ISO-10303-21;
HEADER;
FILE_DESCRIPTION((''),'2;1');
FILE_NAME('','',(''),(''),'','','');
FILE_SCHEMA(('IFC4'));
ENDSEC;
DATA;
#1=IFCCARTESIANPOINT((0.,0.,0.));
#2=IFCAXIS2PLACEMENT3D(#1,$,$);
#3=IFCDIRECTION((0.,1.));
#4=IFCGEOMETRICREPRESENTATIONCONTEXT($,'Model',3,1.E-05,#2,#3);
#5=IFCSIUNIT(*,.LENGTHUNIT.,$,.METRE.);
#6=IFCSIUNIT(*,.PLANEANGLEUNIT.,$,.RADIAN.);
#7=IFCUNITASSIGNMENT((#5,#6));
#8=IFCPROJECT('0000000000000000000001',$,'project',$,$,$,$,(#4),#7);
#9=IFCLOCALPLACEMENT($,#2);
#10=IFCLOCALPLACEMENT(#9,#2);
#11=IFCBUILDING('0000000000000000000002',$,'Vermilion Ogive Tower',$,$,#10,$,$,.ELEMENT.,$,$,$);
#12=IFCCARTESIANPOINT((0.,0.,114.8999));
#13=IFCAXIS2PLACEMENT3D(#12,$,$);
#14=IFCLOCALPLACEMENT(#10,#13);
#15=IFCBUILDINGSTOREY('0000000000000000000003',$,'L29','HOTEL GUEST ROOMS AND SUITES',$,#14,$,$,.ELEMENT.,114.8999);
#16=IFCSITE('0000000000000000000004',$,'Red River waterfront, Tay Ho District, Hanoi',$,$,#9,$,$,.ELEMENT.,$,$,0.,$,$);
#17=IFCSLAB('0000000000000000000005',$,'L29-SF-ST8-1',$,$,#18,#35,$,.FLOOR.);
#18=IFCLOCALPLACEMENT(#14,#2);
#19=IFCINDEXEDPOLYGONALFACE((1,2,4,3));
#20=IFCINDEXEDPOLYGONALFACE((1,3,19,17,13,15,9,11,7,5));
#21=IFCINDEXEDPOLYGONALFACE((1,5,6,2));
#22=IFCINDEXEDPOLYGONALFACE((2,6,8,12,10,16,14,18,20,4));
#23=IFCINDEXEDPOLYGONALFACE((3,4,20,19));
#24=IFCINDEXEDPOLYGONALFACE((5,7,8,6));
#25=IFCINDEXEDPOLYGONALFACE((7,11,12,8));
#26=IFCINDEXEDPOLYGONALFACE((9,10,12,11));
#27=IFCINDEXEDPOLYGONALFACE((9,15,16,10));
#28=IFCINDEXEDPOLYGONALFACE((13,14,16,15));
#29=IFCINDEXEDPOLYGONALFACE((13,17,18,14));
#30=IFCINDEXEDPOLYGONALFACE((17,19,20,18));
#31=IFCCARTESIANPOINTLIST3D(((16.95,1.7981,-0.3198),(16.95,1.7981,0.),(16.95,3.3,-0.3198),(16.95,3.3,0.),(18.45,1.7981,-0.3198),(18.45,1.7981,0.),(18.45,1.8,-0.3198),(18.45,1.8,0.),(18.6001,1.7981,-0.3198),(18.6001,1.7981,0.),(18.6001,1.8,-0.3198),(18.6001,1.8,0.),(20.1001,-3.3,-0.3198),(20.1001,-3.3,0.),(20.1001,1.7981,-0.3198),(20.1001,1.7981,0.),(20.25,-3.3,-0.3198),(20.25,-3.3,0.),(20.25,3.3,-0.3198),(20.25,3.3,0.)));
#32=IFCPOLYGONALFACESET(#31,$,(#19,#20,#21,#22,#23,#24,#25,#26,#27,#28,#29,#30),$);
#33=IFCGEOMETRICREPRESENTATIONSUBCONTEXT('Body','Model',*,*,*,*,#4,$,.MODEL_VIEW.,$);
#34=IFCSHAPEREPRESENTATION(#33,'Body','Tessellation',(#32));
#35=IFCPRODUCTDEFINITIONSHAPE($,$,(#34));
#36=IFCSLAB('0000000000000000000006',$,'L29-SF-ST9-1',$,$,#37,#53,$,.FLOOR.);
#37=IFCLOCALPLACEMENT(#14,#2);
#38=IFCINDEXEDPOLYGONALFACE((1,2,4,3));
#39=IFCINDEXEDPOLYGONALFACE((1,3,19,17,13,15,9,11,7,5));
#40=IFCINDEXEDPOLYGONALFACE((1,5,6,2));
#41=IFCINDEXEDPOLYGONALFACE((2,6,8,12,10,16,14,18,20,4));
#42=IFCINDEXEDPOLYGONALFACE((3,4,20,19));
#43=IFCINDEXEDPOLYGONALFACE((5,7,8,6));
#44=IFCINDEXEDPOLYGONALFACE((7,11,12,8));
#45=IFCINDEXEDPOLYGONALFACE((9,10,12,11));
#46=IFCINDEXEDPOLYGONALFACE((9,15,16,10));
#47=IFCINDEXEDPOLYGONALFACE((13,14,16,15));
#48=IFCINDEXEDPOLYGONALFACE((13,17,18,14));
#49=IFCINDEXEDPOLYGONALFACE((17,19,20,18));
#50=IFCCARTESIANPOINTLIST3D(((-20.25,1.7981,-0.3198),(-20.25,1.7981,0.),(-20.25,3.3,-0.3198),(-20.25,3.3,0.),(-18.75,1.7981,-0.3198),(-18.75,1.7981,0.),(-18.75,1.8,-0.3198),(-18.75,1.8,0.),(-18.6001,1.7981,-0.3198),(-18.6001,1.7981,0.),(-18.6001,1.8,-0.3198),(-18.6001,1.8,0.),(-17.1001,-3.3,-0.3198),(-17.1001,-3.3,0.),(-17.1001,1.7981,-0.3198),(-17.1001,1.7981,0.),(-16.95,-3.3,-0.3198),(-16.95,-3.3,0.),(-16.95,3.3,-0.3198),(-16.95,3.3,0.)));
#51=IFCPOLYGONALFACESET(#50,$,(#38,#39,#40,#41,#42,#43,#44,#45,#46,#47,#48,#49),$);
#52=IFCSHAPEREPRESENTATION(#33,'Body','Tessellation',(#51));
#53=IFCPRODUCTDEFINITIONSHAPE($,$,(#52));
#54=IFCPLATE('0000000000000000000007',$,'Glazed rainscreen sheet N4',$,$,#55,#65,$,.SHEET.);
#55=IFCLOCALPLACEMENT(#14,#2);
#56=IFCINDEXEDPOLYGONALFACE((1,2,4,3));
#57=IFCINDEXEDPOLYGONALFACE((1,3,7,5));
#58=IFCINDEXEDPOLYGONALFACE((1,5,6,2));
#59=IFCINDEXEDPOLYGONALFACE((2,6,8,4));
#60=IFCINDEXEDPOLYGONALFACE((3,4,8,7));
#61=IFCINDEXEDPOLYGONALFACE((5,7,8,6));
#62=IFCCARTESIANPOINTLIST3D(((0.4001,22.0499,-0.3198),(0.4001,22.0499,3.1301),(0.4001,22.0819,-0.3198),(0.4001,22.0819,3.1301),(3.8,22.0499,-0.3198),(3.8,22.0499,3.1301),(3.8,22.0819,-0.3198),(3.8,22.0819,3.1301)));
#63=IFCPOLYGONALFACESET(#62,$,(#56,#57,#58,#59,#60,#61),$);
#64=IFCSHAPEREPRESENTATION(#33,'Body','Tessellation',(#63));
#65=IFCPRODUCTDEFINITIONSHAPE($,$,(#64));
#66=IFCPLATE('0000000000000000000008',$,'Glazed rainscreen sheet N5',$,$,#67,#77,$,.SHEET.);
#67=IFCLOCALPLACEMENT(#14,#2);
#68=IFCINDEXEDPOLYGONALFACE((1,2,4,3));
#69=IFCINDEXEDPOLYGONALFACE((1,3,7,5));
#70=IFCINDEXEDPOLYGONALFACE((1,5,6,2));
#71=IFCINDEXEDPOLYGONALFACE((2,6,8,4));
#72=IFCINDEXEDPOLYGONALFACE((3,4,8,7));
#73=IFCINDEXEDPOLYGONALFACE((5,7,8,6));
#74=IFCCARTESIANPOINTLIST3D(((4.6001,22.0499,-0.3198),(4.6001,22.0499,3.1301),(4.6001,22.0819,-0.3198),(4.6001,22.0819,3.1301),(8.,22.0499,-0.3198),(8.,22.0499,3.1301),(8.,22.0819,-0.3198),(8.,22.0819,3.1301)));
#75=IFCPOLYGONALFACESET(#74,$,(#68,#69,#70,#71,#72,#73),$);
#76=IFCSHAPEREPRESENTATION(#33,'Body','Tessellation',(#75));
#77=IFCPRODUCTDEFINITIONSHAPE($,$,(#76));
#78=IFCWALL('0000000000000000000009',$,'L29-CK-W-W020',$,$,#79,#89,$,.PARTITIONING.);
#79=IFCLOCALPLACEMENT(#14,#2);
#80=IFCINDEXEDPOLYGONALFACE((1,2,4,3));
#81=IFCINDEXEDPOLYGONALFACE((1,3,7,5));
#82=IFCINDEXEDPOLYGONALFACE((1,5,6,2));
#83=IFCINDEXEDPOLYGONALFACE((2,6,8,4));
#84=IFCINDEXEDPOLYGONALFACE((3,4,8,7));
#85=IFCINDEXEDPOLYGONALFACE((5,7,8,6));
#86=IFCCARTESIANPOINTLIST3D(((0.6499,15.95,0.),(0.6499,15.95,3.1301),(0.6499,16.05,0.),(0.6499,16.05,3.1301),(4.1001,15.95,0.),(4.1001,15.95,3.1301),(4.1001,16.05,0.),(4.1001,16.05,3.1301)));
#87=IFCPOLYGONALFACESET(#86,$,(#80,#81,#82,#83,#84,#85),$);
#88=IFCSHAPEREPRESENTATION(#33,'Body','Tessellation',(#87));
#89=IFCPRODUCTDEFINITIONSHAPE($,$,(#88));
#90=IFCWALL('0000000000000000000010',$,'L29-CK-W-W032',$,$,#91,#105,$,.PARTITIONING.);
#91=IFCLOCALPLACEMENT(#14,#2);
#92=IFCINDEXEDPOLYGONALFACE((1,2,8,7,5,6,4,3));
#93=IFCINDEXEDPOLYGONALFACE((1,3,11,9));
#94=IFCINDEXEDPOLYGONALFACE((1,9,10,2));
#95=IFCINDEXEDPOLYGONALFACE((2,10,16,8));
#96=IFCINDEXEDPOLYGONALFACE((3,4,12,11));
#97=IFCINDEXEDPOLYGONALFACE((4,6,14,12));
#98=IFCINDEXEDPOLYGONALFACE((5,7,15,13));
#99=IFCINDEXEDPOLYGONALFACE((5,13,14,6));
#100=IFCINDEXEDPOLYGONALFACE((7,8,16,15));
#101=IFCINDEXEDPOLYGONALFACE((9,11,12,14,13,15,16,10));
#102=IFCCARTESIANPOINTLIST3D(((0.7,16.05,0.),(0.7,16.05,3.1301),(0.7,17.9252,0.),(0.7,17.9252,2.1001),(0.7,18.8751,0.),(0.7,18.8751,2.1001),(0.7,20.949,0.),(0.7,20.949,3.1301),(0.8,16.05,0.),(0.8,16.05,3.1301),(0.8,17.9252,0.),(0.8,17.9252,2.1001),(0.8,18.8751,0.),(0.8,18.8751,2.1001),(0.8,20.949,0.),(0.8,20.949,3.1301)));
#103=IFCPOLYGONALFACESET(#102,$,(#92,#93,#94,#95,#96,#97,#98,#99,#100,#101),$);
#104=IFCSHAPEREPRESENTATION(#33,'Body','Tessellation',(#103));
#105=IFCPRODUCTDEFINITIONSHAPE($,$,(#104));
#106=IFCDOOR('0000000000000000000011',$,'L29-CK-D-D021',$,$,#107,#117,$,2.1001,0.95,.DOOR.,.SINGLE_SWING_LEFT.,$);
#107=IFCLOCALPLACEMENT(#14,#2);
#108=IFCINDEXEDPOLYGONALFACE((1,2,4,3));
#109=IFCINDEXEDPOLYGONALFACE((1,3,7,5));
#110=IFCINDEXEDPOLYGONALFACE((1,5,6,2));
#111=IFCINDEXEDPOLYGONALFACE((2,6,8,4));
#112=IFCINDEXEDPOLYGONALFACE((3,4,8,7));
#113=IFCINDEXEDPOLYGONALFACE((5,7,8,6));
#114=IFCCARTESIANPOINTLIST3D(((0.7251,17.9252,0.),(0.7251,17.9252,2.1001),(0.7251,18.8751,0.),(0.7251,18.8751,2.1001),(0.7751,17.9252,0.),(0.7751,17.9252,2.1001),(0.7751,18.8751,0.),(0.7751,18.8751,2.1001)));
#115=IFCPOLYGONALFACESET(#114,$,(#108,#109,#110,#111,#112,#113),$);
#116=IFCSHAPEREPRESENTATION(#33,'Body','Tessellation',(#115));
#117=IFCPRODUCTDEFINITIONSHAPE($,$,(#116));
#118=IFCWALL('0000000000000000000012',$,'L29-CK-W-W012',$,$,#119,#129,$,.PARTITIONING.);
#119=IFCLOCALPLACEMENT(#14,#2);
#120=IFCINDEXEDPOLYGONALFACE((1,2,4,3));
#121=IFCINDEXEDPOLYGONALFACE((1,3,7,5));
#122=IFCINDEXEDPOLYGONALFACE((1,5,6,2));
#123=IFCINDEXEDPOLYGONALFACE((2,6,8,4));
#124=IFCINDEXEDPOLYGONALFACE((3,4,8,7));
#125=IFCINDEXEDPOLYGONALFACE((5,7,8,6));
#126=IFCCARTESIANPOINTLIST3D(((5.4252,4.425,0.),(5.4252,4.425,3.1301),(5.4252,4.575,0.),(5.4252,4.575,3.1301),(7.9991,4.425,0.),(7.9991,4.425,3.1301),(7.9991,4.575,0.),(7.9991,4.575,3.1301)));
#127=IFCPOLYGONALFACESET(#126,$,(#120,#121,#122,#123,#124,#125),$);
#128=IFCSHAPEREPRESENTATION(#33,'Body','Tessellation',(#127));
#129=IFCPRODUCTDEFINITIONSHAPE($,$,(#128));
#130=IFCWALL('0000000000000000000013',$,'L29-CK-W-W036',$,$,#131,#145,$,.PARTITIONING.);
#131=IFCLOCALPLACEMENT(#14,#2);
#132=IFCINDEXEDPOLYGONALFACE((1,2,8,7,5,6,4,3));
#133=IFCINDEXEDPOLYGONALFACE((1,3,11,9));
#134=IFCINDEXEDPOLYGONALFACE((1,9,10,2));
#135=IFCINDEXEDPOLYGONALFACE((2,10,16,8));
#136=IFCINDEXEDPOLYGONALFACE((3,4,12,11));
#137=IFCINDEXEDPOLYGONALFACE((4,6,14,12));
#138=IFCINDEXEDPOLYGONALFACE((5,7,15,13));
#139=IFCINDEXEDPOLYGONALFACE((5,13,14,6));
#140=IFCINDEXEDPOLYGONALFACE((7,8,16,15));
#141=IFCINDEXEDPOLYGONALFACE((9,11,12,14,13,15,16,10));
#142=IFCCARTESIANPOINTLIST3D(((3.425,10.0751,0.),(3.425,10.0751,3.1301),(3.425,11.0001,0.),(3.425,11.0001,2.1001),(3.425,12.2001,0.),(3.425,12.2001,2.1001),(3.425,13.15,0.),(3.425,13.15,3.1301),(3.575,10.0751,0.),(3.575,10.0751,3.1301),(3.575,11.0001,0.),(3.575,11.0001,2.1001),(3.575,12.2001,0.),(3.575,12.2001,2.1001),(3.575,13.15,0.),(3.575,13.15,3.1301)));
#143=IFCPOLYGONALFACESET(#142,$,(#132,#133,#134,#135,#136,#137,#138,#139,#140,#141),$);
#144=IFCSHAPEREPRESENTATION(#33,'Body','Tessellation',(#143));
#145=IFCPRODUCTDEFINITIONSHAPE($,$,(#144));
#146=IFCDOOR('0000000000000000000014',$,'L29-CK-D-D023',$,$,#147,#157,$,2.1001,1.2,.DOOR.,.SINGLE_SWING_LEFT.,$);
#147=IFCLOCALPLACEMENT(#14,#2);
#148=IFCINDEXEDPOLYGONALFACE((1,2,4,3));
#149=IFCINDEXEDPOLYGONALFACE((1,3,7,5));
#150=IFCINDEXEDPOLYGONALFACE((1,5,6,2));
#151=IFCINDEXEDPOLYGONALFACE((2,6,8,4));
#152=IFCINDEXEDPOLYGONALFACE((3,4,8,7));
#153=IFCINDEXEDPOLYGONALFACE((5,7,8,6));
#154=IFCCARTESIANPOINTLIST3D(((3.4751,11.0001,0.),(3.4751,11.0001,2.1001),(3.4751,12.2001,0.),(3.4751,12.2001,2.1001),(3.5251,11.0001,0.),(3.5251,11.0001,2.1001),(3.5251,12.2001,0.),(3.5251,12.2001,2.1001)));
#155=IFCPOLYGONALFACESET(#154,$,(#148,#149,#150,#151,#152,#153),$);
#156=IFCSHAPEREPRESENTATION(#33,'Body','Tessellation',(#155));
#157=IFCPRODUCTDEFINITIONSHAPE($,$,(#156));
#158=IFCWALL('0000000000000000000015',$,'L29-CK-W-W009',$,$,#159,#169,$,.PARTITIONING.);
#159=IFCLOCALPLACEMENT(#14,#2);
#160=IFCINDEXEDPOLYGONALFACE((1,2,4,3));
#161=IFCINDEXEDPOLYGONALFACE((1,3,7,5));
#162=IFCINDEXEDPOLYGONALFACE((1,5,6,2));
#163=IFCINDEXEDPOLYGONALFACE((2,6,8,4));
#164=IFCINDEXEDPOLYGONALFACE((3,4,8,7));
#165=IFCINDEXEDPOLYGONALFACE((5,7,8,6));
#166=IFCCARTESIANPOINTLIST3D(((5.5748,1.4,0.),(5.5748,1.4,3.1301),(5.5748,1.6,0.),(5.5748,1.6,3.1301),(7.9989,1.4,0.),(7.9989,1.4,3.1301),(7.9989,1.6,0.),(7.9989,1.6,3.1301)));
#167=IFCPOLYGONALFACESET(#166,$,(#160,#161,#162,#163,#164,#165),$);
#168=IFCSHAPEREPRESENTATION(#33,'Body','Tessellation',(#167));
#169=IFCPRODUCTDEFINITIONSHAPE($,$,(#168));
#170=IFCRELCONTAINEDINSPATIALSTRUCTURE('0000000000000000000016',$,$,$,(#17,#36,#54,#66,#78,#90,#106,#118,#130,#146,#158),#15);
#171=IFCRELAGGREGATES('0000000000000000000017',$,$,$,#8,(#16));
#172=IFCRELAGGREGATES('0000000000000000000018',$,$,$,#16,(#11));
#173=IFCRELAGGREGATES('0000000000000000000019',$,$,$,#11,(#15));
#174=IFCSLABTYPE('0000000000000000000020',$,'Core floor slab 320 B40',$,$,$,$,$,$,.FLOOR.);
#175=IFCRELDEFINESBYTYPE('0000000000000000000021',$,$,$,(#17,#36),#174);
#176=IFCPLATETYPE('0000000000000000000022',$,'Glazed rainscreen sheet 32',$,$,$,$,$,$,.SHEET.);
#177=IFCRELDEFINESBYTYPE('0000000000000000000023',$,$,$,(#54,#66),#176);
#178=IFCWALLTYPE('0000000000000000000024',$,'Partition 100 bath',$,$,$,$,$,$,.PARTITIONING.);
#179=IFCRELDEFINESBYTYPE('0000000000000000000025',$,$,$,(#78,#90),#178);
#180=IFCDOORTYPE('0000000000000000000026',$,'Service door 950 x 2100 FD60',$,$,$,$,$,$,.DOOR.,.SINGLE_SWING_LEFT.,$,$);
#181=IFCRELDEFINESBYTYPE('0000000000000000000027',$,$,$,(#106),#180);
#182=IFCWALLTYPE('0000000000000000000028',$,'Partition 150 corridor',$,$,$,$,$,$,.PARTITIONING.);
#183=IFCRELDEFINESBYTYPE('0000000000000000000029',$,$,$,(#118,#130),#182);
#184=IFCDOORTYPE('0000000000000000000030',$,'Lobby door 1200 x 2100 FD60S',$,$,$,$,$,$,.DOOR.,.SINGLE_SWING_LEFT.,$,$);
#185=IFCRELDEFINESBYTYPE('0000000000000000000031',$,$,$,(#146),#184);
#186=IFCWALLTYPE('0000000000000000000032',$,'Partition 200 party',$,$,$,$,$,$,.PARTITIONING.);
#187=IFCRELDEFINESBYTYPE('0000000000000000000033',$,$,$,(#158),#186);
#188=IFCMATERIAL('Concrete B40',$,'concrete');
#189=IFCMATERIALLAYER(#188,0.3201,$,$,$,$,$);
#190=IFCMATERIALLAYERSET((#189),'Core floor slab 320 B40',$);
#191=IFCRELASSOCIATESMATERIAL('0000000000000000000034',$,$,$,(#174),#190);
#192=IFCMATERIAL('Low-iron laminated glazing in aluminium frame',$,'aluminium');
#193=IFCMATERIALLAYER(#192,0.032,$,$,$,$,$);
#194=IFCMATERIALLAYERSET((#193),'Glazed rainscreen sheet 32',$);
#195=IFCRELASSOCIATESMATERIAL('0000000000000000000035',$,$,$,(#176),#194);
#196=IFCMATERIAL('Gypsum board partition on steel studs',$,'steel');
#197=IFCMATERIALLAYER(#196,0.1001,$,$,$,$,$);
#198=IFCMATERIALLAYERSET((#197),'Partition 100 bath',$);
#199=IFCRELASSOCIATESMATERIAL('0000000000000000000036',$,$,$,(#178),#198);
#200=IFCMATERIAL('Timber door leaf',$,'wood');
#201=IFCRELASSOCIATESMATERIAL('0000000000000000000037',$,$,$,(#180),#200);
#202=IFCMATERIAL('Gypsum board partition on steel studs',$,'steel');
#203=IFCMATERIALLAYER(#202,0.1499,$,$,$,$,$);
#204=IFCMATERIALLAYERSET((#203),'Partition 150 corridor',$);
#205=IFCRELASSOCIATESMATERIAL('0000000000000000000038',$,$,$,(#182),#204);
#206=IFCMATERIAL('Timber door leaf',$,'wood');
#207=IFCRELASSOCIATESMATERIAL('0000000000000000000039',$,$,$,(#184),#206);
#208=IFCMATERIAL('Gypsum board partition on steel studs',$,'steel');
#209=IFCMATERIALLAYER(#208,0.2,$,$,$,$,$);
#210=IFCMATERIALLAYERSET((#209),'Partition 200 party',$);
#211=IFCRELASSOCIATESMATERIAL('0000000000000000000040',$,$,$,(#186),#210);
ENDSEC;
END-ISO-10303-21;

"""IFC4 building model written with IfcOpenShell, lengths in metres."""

from ifc_helpers import new_model, si_unit, direction, frame, frame_2d, origin, origin_2d, place, context, subcontext, project, spatial, polyline, rectangle, outline, extrude, material, layer, layer_set, type_object, element, fill, save


model = new_model("IFC4")

# Units and contexts
model_context = context("Model", 3, precision=1e-05, world=origin(), true_north=direction((0.0, 1.0)))
body_context = subcontext(model_context, "Body", "Model", "MODEL_VIEW")
ifc_project = project(units=[si_unit("LENGTHUNIT", "METRE"), si_unit("PLANEANGLEUNIT", "RADIAN")], contexts=[model_context])

# Site, building, storey
site_placement = place(None, origin())
site = spatial("IfcSite", under=ifc_project, at=site_placement, Name="Red River waterfront, Tay Ho District, Hanoi", CompositionType="ELEMENT", RefElevation=0.0)
building_placement = place(site_placement, origin())
building = spatial("IfcBuilding", under=site, at=building_placement, Name="Vermilion Ogive Tower", CompositionType="ELEMENT")
storey_placement = place(building_placement, frame((0.0, 0.0, 114.8999)))
storey = spatial("IfcBuildingStorey", under=building, at=storey_placement, Name="L29", Description="HOTEL GUEST ROOMS AND SUITES", CompositionType="ELEMENT", Elevation=114.8999)

# Slabs
ifc_material_1 = material(Name="Concrete B40", Category="concrete")
ifc_layer_1 = layer(ifc_material_1, 0.3201)
ifc_layer_set_1 = layer_set([ifc_layer_1], Name="Core floor slab 320 B40")
slab_type = type_object("IfcSlabType", Name="Core floor slab 320 B40", PredefinedType="FLOOR", material=ifc_layer_set_1)
slab_1_placement = place(storey_placement, frame((0.0, 0.0, -0.3198)))
element("IfcSlab", 1, at=slab_1_placement, inside=storey, type_object=slab_type, Name="L29-SF-ST8-1", PredefinedType="FLOOR", context=body_context, shape_type="SweptSolid", body=[
    extrude(outline(polyline([(16.95, 3.3), (16.95, 1.7981), (18.45, 1.7981), (18.45, 1.8), (18.6001, 1.8), (18.6001, 1.7981), (20.1001, 1.7981), (20.1001, -3.3), (20.25, -3.3), (20.25, 3.3), (16.95, 3.3)])), origin(), (0.0, 0.0, 1.0), 0.3198),
])
slab_2_placement = place(storey_placement, frame((0.0, 0.0, -0.3198)))
element("IfcSlab", 2, at=slab_2_placement, inside=storey, type_object=slab_type, Name="L29-SF-ST9-1", PredefinedType="FLOOR", context=body_context, shape_type="SweptSolid", body=[
    extrude(outline(polyline([(-20.25, 3.3), (-20.25, 1.7981), (-18.75, 1.7981), (-18.75, 1.8), (-18.6001, 1.8), (-18.6001, 1.7981), (-17.1001, 1.7981), (-17.1001, -3.3), (-16.95, -3.3), (-16.95, 3.3), (-20.25, 3.3)])), origin(), (0.0, 0.0, 1.0), 0.3198),
])

# Plates
ifc_material_2 = material(Name="Low-iron laminated glazing in aluminium frame", Category="aluminium")
ifc_layer_2 = layer(ifc_material_2, 0.032)
ifc_layer_set_2 = layer_set([ifc_layer_2], Name="Glazed rainscreen sheet 32")
plate_type = type_object("IfcPlateType", Name="Glazed rainscreen sheet 32", PredefinedType="SHEET", material=ifc_layer_set_2)
for number, where, z_axis, x_axis, name in (
    (3, (2.1001, 22.0659, -0.3198), (0.0, 0.0, 1.0), (1.0, 0.0, 0.0), "Glazed rainscreen sheet N4"),
    (4, (6.3, 22.0659, -0.3198), (0.0, 0.0, 1.0), (1.0, 0.0, 0.0), "Glazed rainscreen sheet N5"),
):
    element("IfcPlate", number, at=place(storey_placement, frame(where, z_axis=z_axis, x_axis=x_axis)), inside=storey, type_object=plate_type, Name=name, PredefinedType="SHEET", context=body_context, shape_type="SweptSolid", body=[
        extrude(rectangle(XDim=3.3999, YDim=0.032, at=origin_2d()), origin(), (0.0, 0.0, 1.0), 3.45),
    ])

# Wall
ifc_material_3 = material(Name="Gypsum board partition on steel studs", Category="steel")
ifc_layer_3 = layer(ifc_material_3, 0.1001)
ifc_layer_set_3 = layer_set([ifc_layer_3], Name="Partition 100 bath")
wall_type_1 = type_object("IfcWallType", Name="Partition 100 bath", PredefinedType="PARTITIONING", material=ifc_layer_set_3)
wall_1_placement = place(storey_placement, frame((0.6499, 16.0, 0.0), z_axis=(0.0, 0.0, 1.0), x_axis=(1.0, 0.0, 0.0)))
element("IfcWall", 5, at=wall_1_placement, inside=storey, type_object=wall_type_1, Name="L29-CK-W-W020", PredefinedType="PARTITIONING", context=body_context, shape_type="SweptSolid", body=[
    extrude(rectangle(XDim=3.4502, YDim=0.1001, at=frame_2d((1.7251, 0.0))), origin(), (0.0, 0.0, 1.0), 3.1301),
])

# Wall, opening, door
wall_2_placement = place(storey_placement, frame((0.75, 16.05, 0.0), z_axis=(0.0, 0.0, 1.0), x_axis=(0.0, 1.0, 0.0)))
wall_2 = element("IfcWall", 6, at=wall_2_placement, inside=storey, type_object=wall_type_1, Name="L29-CK-W-W032", PredefinedType="PARTITIONING", context=body_context, shape_type="SweptSolid", body=[
    extrude(rectangle(XDim=4.8989, YDim=0.1001, at=frame_2d((2.4495, 0.0))), origin(), (0.0, 0.0, 1.0), 3.1301),
])
opening_1_placement = place(wall_2_placement, frame((1.875, 0.0, 0.0)))
opening_1 = element("IfcOpeningElement", 7, at=opening_1_placement, cuts=wall_2, PredefinedType="OPENING", context=body_context, shape_type="SweptSolid", body=[
    extrude(rectangle(XDim=0.95, YDim=2.1001, at=frame_2d((0.4751, 1.05))), frame((0.0, 0.0601, 0.0), z_axis=(0.0, -1.0, 0.0), x_axis=(1.0, 0.0, 0.0)), (0.0, 0.0, 1.0), 0.1201),
])
ifc_material_4 = material(Name="Timber door leaf", Category="wood")
door_type_1 = type_object("IfcDoorType", Name="Service door 950 x 2100 FD60", OperationType="SINGLE_SWING_LEFT", PredefinedType="DOOR", material=ifc_material_4)
door_1_placement = place(opening_1_placement, origin())
door_1 = element("IfcDoor", 8, at=door_1_placement, inside=storey, type_object=door_type_1, Name="L29-CK-D-D021", OperationType="SINGLE_SWING_LEFT", OverallHeight=2.1001, OverallWidth=0.95, PredefinedType="DOOR", context=body_context, shape_type="SweptSolid", body=[
    extrude(rectangle(XDim=0.95, YDim=2.1001, at=frame_2d((0.4751, 1.05))), frame((0.0, 0.0249, 0.0), z_axis=(0.0, -1.0, 0.0), x_axis=(1.0, 0.0, 0.0)), (0.0, 0.0, 1.0), 0.05),
])
fill(opening_1, door_1)

# Wall
ifc_material_5 = material(Name="Gypsum board partition on steel studs", Category="steel")
ifc_layer_4 = layer(ifc_material_5, 0.1499)
ifc_layer_set_4 = layer_set([ifc_layer_4], Name="Partition 150 corridor")
wall_type_2 = type_object("IfcWallType", Name="Partition 150 corridor", PredefinedType="PARTITIONING", material=ifc_layer_set_4)
wall_3_placement = place(storey_placement, frame((5.425, 4.5, 0.0), z_axis=(0.0, 0.0, 1.0), x_axis=(1.0, 0.0, 0.0)))
element("IfcWall", 9, at=wall_3_placement, inside=storey, type_object=wall_type_2, Name="L29-CK-W-W012", PredefinedType="PARTITIONING", context=body_context, shape_type="SweptSolid", body=[
    extrude(rectangle(XDim=2.574, YDim=0.1499, at=frame_2d((1.2871, 0.0))), origin(), (0.0, 0.0, 1.0), 3.1301),
])

# Wall, opening, door
wall_4_placement = place(storey_placement, frame((3.5, 10.075, 0.0), z_axis=(0.0, 0.0, 1.0), x_axis=(0.0, 1.0, 0.0)))
wall_4 = element("IfcWall", 10, at=wall_4_placement, inside=storey, type_object=wall_type_2, Name="L29-CK-W-W036", PredefinedType="PARTITIONING", context=body_context, shape_type="SweptSolid", body=[
    extrude(rectangle(XDim=3.075, YDim=0.1499, at=frame_2d((1.5376, 0.0))), origin(), (0.0, 0.0, 1.0), 3.1301),
])
opening_2_placement = place(wall_4_placement, frame((0.925, 0.0, 0.0)))
opening_2 = element("IfcOpeningElement", 11, at=opening_2_placement, cuts=wall_4, PredefinedType="OPENING", context=body_context, shape_type="SweptSolid", body=[
    extrude(rectangle(XDim=1.2, YDim=2.1001, at=frame_2d((0.6001, 1.05))), frame((0.0, 0.085, 0.0), z_axis=(0.0, -1.0, 0.0), x_axis=(1.0, 0.0, 0.0)), (0.0, 0.0, 1.0), 0.1699),
])
ifc_material_6 = material(Name="Timber door leaf", Category="wood")
door_type_2 = type_object("IfcDoorType", Name="Lobby door 1200 x 2100 FD60S", OperationType="SINGLE_SWING_LEFT", PredefinedType="DOOR", material=ifc_material_6)
door_2_placement = place(opening_2_placement, origin())
door_2 = element("IfcDoor", 12, at=door_2_placement, inside=storey, type_object=door_type_2, Name="L29-CK-D-D023", OperationType="SINGLE_SWING_LEFT", OverallHeight=2.1001, OverallWidth=1.2, PredefinedType="DOOR", context=body_context, shape_type="SweptSolid", body=[
    extrude(rectangle(XDim=1.2, YDim=2.1001, at=frame_2d((0.6001, 1.05))), frame((0.0, 0.0249, 0.0), z_axis=(0.0, -1.0, 0.0), x_axis=(1.0, 0.0, 0.0)), (0.0, 0.0, 1.0), 0.05),
])
fill(opening_2, door_2)

# Wall
ifc_material_7 = material(Name="Gypsum board partition on steel studs", Category="steel")
ifc_layer_5 = layer(ifc_material_7, 0.2)
ifc_layer_set_5 = layer_set([ifc_layer_5], Name="Partition 200 party")
wall_type_3 = type_object("IfcWallType", Name="Partition 200 party", PredefinedType="PARTITIONING", material=ifc_layer_set_5)
wall_5_placement = place(storey_placement, frame((5.575, 1.5, 0.0), z_axis=(0.0, 0.0, 1.0), x_axis=(1.0, 0.0, 0.0)))
element("IfcWall", 13, at=wall_5_placement, inside=storey, type_object=wall_type_3, Name="L29-CK-W-W009", PredefinedType="PARTITIONING", context=body_context, shape_type="SweptSolid", body=[
    extrude(rectangle(XDim=2.4241, YDim=0.2, at=frame_2d((1.2119, 0.0))), origin(), (0.0, 0.0, 1.0), 3.1301),
])

save(model, "model.ifc")
